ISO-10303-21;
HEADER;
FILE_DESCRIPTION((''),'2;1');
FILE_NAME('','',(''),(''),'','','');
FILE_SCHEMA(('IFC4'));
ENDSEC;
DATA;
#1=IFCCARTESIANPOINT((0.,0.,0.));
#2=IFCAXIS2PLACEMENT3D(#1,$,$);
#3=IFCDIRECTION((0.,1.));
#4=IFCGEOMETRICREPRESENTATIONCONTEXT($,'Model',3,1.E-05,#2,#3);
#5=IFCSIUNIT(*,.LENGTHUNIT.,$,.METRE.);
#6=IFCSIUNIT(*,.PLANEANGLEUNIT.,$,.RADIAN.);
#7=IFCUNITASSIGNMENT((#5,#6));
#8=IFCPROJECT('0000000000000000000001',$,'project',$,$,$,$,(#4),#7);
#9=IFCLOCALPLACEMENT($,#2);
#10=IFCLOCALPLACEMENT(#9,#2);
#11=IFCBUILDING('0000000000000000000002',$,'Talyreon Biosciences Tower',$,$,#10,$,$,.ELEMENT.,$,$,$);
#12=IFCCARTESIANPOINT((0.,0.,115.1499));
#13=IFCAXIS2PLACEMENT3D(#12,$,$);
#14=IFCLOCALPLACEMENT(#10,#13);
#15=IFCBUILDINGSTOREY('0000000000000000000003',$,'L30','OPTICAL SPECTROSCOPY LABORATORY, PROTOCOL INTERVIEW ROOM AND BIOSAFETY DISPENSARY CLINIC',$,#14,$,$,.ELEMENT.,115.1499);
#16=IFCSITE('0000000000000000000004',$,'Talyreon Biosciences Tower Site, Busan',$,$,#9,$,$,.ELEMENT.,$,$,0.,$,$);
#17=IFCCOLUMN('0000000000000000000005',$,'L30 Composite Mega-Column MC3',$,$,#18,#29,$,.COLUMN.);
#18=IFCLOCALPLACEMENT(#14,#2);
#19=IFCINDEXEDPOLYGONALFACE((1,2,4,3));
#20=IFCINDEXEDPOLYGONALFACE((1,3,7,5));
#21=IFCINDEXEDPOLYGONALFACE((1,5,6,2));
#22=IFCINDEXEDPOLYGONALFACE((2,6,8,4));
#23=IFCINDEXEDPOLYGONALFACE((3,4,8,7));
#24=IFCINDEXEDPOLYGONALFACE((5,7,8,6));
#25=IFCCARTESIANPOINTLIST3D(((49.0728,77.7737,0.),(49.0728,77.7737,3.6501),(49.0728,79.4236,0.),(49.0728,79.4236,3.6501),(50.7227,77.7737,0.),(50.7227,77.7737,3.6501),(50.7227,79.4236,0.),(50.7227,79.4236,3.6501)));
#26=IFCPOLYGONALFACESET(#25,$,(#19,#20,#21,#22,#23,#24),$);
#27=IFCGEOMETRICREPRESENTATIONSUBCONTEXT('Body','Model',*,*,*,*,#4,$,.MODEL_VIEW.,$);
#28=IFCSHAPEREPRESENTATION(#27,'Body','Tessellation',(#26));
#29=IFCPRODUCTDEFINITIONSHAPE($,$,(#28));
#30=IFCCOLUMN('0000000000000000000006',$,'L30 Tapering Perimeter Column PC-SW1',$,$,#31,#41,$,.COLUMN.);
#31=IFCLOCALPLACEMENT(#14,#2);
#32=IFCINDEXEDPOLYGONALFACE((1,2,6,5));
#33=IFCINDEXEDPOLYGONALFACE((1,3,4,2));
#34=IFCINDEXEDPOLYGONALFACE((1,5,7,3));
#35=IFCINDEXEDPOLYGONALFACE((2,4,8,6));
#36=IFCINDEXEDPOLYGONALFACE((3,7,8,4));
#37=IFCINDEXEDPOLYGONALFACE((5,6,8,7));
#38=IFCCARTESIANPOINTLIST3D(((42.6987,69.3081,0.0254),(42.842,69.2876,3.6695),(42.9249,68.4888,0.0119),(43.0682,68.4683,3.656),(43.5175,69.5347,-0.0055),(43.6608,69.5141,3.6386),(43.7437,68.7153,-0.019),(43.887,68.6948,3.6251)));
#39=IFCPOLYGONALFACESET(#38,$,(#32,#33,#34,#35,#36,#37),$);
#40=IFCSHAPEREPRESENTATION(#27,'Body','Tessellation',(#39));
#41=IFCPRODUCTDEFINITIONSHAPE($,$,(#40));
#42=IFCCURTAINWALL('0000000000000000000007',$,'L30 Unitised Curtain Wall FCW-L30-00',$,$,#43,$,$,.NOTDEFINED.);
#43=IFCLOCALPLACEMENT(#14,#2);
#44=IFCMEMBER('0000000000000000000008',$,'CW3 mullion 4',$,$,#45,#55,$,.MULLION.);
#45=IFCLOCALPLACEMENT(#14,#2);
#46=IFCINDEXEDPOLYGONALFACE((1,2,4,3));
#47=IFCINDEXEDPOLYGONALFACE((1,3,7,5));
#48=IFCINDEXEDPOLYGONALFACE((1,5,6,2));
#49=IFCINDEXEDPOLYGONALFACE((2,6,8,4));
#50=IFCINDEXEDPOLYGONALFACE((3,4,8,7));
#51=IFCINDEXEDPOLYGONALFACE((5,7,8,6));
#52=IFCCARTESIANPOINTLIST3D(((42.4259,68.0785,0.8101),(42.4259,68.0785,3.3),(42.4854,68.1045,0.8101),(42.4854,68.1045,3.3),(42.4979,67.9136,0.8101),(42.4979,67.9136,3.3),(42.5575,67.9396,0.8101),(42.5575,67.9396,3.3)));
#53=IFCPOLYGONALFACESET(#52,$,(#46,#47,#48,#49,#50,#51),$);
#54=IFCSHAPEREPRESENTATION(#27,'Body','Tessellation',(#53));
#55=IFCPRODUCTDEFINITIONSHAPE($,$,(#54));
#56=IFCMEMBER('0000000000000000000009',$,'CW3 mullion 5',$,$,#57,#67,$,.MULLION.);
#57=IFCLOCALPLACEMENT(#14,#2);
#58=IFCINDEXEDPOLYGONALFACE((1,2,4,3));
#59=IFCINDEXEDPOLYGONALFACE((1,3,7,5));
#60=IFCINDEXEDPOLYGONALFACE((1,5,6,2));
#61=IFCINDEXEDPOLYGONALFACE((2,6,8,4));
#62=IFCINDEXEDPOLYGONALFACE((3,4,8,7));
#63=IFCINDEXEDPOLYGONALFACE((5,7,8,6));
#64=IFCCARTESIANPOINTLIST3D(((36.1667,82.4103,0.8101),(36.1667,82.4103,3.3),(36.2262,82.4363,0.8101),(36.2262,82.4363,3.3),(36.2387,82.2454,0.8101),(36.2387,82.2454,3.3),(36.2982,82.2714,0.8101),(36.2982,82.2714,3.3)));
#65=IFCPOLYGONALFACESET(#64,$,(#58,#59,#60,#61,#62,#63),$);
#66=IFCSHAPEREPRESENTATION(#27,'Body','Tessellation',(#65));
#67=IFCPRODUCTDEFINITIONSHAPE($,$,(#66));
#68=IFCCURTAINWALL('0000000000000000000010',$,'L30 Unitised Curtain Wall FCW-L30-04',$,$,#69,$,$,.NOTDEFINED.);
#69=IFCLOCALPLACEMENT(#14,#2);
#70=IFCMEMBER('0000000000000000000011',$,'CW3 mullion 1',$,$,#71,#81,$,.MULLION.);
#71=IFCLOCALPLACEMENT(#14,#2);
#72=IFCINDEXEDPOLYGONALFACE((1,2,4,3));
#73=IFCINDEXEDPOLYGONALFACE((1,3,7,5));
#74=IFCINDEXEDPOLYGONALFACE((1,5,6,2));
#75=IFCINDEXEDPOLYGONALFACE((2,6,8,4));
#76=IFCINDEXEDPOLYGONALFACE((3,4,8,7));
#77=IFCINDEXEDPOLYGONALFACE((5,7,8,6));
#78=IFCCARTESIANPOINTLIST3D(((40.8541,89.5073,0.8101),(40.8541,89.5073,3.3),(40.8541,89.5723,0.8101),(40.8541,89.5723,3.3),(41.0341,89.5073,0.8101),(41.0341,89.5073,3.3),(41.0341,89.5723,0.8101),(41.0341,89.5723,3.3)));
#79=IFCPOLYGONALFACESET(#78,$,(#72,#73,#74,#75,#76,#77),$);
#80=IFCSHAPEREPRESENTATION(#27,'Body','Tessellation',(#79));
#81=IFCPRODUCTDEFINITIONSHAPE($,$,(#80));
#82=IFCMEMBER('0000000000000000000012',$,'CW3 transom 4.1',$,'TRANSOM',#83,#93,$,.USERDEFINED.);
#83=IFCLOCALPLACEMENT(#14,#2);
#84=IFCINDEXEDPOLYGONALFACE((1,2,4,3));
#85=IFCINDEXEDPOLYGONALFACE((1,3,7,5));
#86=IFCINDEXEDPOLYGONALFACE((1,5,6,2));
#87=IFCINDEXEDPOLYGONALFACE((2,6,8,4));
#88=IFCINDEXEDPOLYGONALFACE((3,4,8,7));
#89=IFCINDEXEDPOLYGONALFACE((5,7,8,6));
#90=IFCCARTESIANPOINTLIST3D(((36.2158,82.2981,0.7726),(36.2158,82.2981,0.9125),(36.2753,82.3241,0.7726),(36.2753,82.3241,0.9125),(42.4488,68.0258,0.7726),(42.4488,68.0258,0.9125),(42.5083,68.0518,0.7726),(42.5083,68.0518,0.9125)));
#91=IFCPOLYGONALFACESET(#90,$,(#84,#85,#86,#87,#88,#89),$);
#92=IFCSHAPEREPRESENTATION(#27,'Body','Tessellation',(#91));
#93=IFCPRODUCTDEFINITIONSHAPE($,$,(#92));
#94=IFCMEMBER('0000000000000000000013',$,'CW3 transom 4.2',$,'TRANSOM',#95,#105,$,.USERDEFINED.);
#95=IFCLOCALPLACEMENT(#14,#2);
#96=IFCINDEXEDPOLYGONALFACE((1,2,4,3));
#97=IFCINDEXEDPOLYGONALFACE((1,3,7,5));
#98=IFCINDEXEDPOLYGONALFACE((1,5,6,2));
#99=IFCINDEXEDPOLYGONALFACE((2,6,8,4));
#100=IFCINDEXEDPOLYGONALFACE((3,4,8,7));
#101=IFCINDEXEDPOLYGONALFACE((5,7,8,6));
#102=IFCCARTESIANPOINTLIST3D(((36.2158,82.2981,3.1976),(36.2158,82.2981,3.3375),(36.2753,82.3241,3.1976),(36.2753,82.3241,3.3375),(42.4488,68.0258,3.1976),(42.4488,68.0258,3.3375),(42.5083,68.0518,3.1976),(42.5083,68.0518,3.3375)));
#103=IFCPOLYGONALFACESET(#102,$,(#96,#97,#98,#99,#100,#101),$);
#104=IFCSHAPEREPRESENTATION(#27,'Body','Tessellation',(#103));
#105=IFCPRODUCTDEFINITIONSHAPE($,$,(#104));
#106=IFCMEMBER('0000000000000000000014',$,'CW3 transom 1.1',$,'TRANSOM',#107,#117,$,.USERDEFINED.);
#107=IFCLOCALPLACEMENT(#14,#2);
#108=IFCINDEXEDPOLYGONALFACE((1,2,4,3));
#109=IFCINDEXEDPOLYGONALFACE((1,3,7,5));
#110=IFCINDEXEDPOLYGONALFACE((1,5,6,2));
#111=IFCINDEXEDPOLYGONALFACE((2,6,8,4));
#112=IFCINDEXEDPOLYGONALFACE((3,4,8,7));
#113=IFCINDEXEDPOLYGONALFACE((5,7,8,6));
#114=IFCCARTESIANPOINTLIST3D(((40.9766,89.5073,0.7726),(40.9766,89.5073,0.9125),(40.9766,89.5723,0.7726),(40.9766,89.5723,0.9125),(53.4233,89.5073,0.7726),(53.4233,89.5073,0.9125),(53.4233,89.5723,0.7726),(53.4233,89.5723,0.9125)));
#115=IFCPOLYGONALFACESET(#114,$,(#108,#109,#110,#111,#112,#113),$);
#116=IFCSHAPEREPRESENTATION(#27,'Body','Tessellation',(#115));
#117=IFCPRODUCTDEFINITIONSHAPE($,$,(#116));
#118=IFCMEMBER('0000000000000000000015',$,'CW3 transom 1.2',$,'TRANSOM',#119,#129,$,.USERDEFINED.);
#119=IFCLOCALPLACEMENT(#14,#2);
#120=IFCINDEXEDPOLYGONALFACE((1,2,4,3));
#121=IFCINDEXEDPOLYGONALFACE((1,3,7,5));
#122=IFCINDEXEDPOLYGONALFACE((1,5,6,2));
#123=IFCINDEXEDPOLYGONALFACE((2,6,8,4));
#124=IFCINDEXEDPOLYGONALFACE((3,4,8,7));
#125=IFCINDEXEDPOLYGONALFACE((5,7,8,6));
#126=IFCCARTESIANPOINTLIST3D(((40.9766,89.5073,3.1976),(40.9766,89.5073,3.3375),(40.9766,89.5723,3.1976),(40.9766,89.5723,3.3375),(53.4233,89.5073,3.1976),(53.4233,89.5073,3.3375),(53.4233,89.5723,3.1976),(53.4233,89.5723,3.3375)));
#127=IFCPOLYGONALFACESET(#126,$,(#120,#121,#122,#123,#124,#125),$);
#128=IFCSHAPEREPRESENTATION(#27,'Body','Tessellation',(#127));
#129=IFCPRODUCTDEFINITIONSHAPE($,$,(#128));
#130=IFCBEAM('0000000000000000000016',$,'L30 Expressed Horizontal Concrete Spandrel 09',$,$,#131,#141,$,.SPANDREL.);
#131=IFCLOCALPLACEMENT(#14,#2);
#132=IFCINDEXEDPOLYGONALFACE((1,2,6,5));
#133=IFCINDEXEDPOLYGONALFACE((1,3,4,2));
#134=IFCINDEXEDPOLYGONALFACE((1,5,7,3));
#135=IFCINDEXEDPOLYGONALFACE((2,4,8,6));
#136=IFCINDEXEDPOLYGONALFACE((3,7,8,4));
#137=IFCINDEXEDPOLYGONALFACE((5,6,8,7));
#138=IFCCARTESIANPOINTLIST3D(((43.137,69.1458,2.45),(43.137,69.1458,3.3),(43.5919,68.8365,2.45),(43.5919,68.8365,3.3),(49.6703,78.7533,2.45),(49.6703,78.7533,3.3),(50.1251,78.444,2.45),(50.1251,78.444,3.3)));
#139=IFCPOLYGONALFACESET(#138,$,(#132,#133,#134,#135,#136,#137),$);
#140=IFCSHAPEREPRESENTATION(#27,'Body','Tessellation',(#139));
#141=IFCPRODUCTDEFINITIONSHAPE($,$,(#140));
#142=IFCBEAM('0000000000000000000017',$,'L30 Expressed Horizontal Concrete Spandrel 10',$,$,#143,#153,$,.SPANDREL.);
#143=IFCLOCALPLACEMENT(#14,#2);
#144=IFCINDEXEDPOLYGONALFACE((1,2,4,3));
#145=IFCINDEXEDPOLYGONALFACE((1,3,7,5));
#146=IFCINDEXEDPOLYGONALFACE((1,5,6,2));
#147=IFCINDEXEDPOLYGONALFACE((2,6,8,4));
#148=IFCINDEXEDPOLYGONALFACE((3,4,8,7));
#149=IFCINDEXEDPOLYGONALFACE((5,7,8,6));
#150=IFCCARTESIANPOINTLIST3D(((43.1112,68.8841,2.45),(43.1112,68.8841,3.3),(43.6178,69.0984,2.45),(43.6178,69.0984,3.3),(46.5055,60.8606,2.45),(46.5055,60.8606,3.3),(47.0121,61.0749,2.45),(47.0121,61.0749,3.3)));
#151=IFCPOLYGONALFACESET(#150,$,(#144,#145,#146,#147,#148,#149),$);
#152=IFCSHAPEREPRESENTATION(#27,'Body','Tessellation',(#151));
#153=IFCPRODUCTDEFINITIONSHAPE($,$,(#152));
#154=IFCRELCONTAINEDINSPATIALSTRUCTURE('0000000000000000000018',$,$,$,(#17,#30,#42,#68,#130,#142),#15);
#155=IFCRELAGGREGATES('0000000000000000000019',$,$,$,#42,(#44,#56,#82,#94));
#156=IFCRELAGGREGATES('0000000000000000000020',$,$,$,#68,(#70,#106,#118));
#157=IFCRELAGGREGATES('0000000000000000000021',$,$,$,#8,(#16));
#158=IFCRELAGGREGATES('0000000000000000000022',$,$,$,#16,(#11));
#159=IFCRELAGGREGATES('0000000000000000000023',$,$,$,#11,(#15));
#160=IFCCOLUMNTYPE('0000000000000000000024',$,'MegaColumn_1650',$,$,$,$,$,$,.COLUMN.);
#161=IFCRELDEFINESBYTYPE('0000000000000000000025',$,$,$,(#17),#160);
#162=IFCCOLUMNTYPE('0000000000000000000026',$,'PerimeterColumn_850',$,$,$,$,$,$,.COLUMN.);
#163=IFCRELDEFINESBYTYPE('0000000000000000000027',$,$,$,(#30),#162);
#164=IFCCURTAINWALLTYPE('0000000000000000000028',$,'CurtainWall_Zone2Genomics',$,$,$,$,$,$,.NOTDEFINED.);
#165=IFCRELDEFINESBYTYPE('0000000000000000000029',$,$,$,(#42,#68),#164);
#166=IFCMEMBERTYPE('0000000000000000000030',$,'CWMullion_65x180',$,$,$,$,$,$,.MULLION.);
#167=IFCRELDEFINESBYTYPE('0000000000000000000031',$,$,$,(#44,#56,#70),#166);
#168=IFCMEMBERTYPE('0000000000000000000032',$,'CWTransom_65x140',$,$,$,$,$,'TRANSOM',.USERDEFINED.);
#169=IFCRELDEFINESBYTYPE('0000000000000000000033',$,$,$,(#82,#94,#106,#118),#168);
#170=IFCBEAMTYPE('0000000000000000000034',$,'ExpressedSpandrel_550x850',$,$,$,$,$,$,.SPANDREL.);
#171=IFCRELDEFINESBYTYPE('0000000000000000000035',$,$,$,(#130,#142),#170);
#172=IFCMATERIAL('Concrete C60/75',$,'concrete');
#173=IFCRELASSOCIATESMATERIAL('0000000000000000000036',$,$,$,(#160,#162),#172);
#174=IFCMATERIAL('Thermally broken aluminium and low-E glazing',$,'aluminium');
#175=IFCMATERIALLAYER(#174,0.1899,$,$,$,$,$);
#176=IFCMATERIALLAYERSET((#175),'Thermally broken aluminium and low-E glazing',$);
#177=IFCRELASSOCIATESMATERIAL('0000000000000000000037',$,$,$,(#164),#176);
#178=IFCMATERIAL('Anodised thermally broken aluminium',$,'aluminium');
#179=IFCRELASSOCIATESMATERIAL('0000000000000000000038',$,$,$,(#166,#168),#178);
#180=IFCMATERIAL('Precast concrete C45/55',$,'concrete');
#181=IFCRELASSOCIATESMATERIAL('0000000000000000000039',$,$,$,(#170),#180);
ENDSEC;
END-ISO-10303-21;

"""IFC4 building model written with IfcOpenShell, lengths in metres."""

from ifc_helpers import new_model, si_unit, direction, frame, origin, origin_2d, place, context, subcontext, project, spatial, rectangle, extrude, material, layer, layer_set, material_profile, profile_set, type_object, element, aggregate, save


model = new_model("IFC4")

# Units and contexts
model_context = context("Model", 3, precision=1e-05, world=origin(), true_north=direction((0.0, 1.0)))
body_context = subcontext(model_context, "Body", "Model", "MODEL_VIEW")
ifc_project = project(units=[si_unit("LENGTHUNIT", "METRE"), si_unit("PLANEANGLEUNIT", "RADIAN")], contexts=[model_context])

# Site, building, storey
site_placement = place(None, origin())
site = spatial("IfcSite", under=ifc_project, at=site_placement, Name="Talyreon Biosciences Tower Site, Busan", CompositionType="ELEMENT", RefElevation=0.0)
building_placement = place(site_placement, origin())
building = spatial("IfcBuilding", under=site, at=building_placement, Name="Talyreon Biosciences Tower", CompositionType="ELEMENT")
storey_placement = place(building_placement, frame((0.0, 0.0, 115.1499)))
storey = spatial("IfcBuildingStorey", under=building, at=storey_placement, Name="L30", Description="OPTICAL SPECTROSCOPY LABORATORY, PROTOCOL INTERVIEW ROOM AND BIOSAFETY DISPENSARY CLINIC", CompositionType="ELEMENT", Elevation=115.1499)

# Columns
ifc_material_1 = material(Name="Concrete C60/75", Category="concrete")
ifc_material_profile_1 = material_profile(ifc_material_1, rectangle(XDim=1.6499, YDim=1.6499, at=origin_2d()), Name="RC 1650x1650")
ifc_profile_set_1 = profile_set([ifc_material_profile_1], Name="Concrete C60/75")
column_type_1 = type_object("IfcColumnType", Name="MegaColumn_1650", PredefinedType="COLUMN", material=ifc_profile_set_1)
column_1_placement = place(storey_placement, frame((49.8977, 78.5986, 0.0), z_axis=(0.0, 0.0, 1.0), x_axis=(1.0, 0.0, 0.0)))
element("IfcColumn", 1, at=column_1_placement, inside=storey, type_object=column_type_1, Name="L30 Composite Mega-Column MC3", PredefinedType="COLUMN", context=body_context, shape_type="SweptSolid", body=[
    extrude(rectangle(XDim=1.6499, YDim=1.6499, at=origin_2d()), origin(), (0.0, 0.0, 1.0), 3.6501),
])
ifc_material_profile_2 = material_profile(ifc_material_1, rectangle(XDim=0.8501, YDim=0.8501, at=origin_2d()), Name="RC 850x850")
ifc_profile_set_2 = profile_set([ifc_material_profile_2], Name="Concrete C60/75")
column_type_2 = type_object("IfcColumnType", Name="PerimeterColumn_850", PredefinedType="COLUMN", material=ifc_profile_set_2)
column_2_placement = place(storey_placement, frame((43.2212, 69.0117, 0.0032), z_axis=(0.039296, -0.005623, 0.999212), x_axis=(0.963156, 0.26647, -0.036379)))
element("IfcColumn", 2, at=column_2_placement, inside=storey, type_object=column_type_2, Name="L30 Tapering Perimeter Column PC-SW1", PredefinedType="COLUMN", context=body_context, shape_type="SweptSolid", body=[
    extrude(rectangle(XDim=0.8501, YDim=0.8501, at=origin_2d()), origin(), (0.0, 0.0, 1.0), 3.647),
])

# Curtain wall, members
ifc_material_2 = material(Name="Thermally broken aluminium and low-E glazing", Category="aluminium")
ifc_layer_1 = layer(ifc_material_2, 0.1899)
ifc_layer_set_1 = layer_set([ifc_layer_1], Name="Thermally broken aluminium and low-E glazing")
curtain_wall_type = type_object("IfcCurtainWallType", Name="CurtainWall_Zone2Genomics", PredefinedType="NOTDEFINED", material=ifc_layer_set_1)
curtain_wall_1_placement = place(storey_placement, origin())
curtain_wall_1 = element("IfcCurtainWall", 3, at=curtain_wall_1_placement, inside=storey, type_object=curtain_wall_type, Name="L30 Unitised Curtain Wall FCW-L30-00", PredefinedType="NOTDEFINED")
ifc_material_3 = material(Name="Anodised thermally broken aluminium", Category="aluminium")
ifc_material_profile_3 = material_profile(ifc_material_3, rectangle(XDim=0.0649, YDim=0.1799, at=origin_2d()), Name="ALUM MULLION 65x180")
ifc_profile_set_3 = profile_set([ifc_material_profile_3], Name="Anodised thermally broken aluminium")
member_type_1 = type_object("IfcMemberType", Name="CWMullion_65x180", PredefinedType="MULLION", material=ifc_profile_set_3)
member_1_placement = place(storey_placement, frame((42.4917, 68.009, 0.8101), z_axis=(0.0, 0.0, 1.0), x_axis=(-0.916416, -0.400226, 0.0)))
member_1 = element("IfcMember", 4, at=member_1_placement, type_object=member_type_1, Name="CW3 mullion 4", PredefinedType="MULLION", context=body_context, shape_type="SweptSolid", body=[
    extrude(rectangle(XDim=0.0649, YDim=0.1799, at=origin_2d()), origin(), (0.0, 0.0, 1.0), 2.49),
])
member_2_placement = place(storey_placement, frame((36.2324, 82.3408, 0.8101), z_axis=(0.0, 0.0, 1.0), x_axis=(-0.916416, -0.400226, 0.0)))
member_2 = element("IfcMember", 5, at=member_2_placement, type_object=member_type_1, Name="CW3 mullion 5", PredefinedType="MULLION", context=body_context, shape_type="SweptSolid", body=[
    extrude(rectangle(XDim=0.0649, YDim=0.1799, at=origin_2d()), origin(), (0.0, 0.0, 1.0), 2.49),
])

# Curtain wall, member
curtain_wall_2_placement = place(storey_placement, origin())
curtain_wall_2 = element("IfcCurtainWall", 6, at=curtain_wall_2_placement, inside=storey, type_object=curtain_wall_type, Name="L30 Unitised Curtain Wall FCW-L30-04", PredefinedType="NOTDEFINED")
member_3_placement = place(storey_placement, frame((40.9441, 89.5398, 0.8101), z_axis=(0.0, 0.0, 1.0), x_axis=(0.0, 1.0, 0.0)))
member_3 = element("IfcMember", 7, at=member_3_placement, type_object=member_type_1, Name="CW3 mullion 1", PredefinedType="MULLION", context=body_context, shape_type="SweptSolid", body=[
    extrude(rectangle(XDim=0.0649, YDim=0.1799, at=origin_2d()), origin(), (0.0, 0.0, 1.0), 2.49),
])

# Members
ifc_material_profile_4 = material_profile(ifc_material_3, rectangle(XDim=0.0649, YDim=0.1399, at=origin_2d()), Name="ALUM TRANSOM 65x140")
ifc_profile_set_4 = profile_set([ifc_material_profile_4], Name="Anodised thermally broken aluminium")
member_type_2 = type_object("IfcMemberType", Name="CWTransom_65x140", ElementType="TRANSOM", PredefinedType="USERDEFINED", material=ifc_profile_set_4)
member_4_placement = place(storey_placement, frame((42.4785, 68.0388, 0.8425), z_axis=(-0.400216, 0.916421, 0.0), x_axis=(-0.916421, -0.400216, 0.0)))
member_4 = element("IfcMember", 8, at=member_4_placement, type_object=member_type_2, Name="CW3 transom 4.1", ObjectType="TRANSOM", PredefinedType="USERDEFINED", context=body_context, shape_type="SweptSolid", body=[
    extrude(rectangle(XDim=0.0649, YDim=0.1399, at=origin_2d()), origin(), (0.0, 0.0, 1.0), 15.574),
])
member_5_placement = place(storey_placement, frame((42.4785, 68.0388, 3.2676), z_axis=(-0.400216, 0.916421, 0.0), x_axis=(-0.916421, -0.400216, 0.0)))
member_5 = element("IfcMember", 9, at=member_5_placement, type_object=member_type_2, Name="CW3 transom 4.2", ObjectType="TRANSOM", PredefinedType="USERDEFINED", context=body_context, shape_type="SweptSolid", body=[
    extrude(rectangle(XDim=0.0649, YDim=0.1399, at=origin_2d()), origin(), (0.0, 0.0, 1.0), 15.574),
])
member_6_placement = place(storey_placement, frame((40.9766, 89.5398, 0.8425), z_axis=(1.0, 0.0, 0.0), x_axis=(0.0, 1.0, 0.0)))
member_6 = element("IfcMember", 10, at=member_6_placement, type_object=member_type_2, Name="CW3 transom 1.1", ObjectType="TRANSOM", PredefinedType="USERDEFINED", context=body_context, shape_type="SweptSolid", body=[
    extrude(rectangle(XDim=0.0649, YDim=0.1399, at=origin_2d()), origin(), (0.0, 0.0, 1.0), 12.4468),
])
member_7_placement = place(storey_placement, frame((40.9766, 89.5398, 3.2676), z_axis=(1.0, 0.0, 0.0), x_axis=(0.0, 1.0, 0.0)))
member_7 = element("IfcMember", 11, at=member_7_placement, type_object=member_type_2, Name="CW3 transom 1.2", ObjectType="TRANSOM", PredefinedType="USERDEFINED", context=body_context, shape_type="SweptSolid", body=[
    extrude(rectangle(XDim=0.0649, YDim=0.1399, at=origin_2d()), origin(), (0.0, 0.0, 1.0), 12.4468),
])

# Beams
ifc_material_4 = material(Name="Precast concrete C45/55", Category="concrete")
ifc_material_profile_5 = material_profile(ifc_material_4, rectangle(XDim=0.55, YDim=0.8501, at=origin_2d()), Name="RCB 550x850")
ifc_profile_set_5 = profile_set([ifc_material_profile_5], Name="Precast concrete C45/55")
beam_type_1 = type_object("IfcBeamType", Name="ExpressedSpandrel_550x850", PredefinedType="SPANDREL", material=ifc_profile_set_5)
beam_1_placement = place(storey_placement, frame((49.8977, 78.5986, 2.875), z_axis=(-0.562319, -0.82692, 0.0), x_axis=(0.82692, -0.562319, 0.0)))
element("IfcBeam", 12, at=beam_1_placement, inside=storey, type_object=beam_type_1, Name="L30 Expressed Horizontal Concrete Spandrel 09", PredefinedType="SPANDREL", context=body_context, shape_type="SweptSolid", body=[
    extrude(rectangle(XDim=0.55, YDim=0.8501, at=origin_2d()), origin(), (0.0, 0.0, 1.0), 11.6184),
])
beam_2_placement = place(storey_placement, frame((43.3645, 68.9912, 2.875), z_axis=(0.389616, -0.920977, 0.0), x_axis=(0.920977, 0.389616, 0.0)))
element("IfcBeam", 13, at=beam_2_placement, inside=storey, type_object=beam_type_1, Name="L30 Expressed Horizontal Concrete Spandrel 10", PredefinedType="SPANDREL", context=body_context, shape_type="SweptSolid", body=[
    extrude(rectangle(XDim=0.55, YDim=0.8501, at=origin_2d()), origin(), (0.0, 0.0, 1.0), 8.7119),
])

aggregate(curtain_wall_1, [member_1, member_2, member_4, member_5])
aggregate(curtain_wall_2, [member_3, member_6, member_7])

save(model, "model.ifc")
